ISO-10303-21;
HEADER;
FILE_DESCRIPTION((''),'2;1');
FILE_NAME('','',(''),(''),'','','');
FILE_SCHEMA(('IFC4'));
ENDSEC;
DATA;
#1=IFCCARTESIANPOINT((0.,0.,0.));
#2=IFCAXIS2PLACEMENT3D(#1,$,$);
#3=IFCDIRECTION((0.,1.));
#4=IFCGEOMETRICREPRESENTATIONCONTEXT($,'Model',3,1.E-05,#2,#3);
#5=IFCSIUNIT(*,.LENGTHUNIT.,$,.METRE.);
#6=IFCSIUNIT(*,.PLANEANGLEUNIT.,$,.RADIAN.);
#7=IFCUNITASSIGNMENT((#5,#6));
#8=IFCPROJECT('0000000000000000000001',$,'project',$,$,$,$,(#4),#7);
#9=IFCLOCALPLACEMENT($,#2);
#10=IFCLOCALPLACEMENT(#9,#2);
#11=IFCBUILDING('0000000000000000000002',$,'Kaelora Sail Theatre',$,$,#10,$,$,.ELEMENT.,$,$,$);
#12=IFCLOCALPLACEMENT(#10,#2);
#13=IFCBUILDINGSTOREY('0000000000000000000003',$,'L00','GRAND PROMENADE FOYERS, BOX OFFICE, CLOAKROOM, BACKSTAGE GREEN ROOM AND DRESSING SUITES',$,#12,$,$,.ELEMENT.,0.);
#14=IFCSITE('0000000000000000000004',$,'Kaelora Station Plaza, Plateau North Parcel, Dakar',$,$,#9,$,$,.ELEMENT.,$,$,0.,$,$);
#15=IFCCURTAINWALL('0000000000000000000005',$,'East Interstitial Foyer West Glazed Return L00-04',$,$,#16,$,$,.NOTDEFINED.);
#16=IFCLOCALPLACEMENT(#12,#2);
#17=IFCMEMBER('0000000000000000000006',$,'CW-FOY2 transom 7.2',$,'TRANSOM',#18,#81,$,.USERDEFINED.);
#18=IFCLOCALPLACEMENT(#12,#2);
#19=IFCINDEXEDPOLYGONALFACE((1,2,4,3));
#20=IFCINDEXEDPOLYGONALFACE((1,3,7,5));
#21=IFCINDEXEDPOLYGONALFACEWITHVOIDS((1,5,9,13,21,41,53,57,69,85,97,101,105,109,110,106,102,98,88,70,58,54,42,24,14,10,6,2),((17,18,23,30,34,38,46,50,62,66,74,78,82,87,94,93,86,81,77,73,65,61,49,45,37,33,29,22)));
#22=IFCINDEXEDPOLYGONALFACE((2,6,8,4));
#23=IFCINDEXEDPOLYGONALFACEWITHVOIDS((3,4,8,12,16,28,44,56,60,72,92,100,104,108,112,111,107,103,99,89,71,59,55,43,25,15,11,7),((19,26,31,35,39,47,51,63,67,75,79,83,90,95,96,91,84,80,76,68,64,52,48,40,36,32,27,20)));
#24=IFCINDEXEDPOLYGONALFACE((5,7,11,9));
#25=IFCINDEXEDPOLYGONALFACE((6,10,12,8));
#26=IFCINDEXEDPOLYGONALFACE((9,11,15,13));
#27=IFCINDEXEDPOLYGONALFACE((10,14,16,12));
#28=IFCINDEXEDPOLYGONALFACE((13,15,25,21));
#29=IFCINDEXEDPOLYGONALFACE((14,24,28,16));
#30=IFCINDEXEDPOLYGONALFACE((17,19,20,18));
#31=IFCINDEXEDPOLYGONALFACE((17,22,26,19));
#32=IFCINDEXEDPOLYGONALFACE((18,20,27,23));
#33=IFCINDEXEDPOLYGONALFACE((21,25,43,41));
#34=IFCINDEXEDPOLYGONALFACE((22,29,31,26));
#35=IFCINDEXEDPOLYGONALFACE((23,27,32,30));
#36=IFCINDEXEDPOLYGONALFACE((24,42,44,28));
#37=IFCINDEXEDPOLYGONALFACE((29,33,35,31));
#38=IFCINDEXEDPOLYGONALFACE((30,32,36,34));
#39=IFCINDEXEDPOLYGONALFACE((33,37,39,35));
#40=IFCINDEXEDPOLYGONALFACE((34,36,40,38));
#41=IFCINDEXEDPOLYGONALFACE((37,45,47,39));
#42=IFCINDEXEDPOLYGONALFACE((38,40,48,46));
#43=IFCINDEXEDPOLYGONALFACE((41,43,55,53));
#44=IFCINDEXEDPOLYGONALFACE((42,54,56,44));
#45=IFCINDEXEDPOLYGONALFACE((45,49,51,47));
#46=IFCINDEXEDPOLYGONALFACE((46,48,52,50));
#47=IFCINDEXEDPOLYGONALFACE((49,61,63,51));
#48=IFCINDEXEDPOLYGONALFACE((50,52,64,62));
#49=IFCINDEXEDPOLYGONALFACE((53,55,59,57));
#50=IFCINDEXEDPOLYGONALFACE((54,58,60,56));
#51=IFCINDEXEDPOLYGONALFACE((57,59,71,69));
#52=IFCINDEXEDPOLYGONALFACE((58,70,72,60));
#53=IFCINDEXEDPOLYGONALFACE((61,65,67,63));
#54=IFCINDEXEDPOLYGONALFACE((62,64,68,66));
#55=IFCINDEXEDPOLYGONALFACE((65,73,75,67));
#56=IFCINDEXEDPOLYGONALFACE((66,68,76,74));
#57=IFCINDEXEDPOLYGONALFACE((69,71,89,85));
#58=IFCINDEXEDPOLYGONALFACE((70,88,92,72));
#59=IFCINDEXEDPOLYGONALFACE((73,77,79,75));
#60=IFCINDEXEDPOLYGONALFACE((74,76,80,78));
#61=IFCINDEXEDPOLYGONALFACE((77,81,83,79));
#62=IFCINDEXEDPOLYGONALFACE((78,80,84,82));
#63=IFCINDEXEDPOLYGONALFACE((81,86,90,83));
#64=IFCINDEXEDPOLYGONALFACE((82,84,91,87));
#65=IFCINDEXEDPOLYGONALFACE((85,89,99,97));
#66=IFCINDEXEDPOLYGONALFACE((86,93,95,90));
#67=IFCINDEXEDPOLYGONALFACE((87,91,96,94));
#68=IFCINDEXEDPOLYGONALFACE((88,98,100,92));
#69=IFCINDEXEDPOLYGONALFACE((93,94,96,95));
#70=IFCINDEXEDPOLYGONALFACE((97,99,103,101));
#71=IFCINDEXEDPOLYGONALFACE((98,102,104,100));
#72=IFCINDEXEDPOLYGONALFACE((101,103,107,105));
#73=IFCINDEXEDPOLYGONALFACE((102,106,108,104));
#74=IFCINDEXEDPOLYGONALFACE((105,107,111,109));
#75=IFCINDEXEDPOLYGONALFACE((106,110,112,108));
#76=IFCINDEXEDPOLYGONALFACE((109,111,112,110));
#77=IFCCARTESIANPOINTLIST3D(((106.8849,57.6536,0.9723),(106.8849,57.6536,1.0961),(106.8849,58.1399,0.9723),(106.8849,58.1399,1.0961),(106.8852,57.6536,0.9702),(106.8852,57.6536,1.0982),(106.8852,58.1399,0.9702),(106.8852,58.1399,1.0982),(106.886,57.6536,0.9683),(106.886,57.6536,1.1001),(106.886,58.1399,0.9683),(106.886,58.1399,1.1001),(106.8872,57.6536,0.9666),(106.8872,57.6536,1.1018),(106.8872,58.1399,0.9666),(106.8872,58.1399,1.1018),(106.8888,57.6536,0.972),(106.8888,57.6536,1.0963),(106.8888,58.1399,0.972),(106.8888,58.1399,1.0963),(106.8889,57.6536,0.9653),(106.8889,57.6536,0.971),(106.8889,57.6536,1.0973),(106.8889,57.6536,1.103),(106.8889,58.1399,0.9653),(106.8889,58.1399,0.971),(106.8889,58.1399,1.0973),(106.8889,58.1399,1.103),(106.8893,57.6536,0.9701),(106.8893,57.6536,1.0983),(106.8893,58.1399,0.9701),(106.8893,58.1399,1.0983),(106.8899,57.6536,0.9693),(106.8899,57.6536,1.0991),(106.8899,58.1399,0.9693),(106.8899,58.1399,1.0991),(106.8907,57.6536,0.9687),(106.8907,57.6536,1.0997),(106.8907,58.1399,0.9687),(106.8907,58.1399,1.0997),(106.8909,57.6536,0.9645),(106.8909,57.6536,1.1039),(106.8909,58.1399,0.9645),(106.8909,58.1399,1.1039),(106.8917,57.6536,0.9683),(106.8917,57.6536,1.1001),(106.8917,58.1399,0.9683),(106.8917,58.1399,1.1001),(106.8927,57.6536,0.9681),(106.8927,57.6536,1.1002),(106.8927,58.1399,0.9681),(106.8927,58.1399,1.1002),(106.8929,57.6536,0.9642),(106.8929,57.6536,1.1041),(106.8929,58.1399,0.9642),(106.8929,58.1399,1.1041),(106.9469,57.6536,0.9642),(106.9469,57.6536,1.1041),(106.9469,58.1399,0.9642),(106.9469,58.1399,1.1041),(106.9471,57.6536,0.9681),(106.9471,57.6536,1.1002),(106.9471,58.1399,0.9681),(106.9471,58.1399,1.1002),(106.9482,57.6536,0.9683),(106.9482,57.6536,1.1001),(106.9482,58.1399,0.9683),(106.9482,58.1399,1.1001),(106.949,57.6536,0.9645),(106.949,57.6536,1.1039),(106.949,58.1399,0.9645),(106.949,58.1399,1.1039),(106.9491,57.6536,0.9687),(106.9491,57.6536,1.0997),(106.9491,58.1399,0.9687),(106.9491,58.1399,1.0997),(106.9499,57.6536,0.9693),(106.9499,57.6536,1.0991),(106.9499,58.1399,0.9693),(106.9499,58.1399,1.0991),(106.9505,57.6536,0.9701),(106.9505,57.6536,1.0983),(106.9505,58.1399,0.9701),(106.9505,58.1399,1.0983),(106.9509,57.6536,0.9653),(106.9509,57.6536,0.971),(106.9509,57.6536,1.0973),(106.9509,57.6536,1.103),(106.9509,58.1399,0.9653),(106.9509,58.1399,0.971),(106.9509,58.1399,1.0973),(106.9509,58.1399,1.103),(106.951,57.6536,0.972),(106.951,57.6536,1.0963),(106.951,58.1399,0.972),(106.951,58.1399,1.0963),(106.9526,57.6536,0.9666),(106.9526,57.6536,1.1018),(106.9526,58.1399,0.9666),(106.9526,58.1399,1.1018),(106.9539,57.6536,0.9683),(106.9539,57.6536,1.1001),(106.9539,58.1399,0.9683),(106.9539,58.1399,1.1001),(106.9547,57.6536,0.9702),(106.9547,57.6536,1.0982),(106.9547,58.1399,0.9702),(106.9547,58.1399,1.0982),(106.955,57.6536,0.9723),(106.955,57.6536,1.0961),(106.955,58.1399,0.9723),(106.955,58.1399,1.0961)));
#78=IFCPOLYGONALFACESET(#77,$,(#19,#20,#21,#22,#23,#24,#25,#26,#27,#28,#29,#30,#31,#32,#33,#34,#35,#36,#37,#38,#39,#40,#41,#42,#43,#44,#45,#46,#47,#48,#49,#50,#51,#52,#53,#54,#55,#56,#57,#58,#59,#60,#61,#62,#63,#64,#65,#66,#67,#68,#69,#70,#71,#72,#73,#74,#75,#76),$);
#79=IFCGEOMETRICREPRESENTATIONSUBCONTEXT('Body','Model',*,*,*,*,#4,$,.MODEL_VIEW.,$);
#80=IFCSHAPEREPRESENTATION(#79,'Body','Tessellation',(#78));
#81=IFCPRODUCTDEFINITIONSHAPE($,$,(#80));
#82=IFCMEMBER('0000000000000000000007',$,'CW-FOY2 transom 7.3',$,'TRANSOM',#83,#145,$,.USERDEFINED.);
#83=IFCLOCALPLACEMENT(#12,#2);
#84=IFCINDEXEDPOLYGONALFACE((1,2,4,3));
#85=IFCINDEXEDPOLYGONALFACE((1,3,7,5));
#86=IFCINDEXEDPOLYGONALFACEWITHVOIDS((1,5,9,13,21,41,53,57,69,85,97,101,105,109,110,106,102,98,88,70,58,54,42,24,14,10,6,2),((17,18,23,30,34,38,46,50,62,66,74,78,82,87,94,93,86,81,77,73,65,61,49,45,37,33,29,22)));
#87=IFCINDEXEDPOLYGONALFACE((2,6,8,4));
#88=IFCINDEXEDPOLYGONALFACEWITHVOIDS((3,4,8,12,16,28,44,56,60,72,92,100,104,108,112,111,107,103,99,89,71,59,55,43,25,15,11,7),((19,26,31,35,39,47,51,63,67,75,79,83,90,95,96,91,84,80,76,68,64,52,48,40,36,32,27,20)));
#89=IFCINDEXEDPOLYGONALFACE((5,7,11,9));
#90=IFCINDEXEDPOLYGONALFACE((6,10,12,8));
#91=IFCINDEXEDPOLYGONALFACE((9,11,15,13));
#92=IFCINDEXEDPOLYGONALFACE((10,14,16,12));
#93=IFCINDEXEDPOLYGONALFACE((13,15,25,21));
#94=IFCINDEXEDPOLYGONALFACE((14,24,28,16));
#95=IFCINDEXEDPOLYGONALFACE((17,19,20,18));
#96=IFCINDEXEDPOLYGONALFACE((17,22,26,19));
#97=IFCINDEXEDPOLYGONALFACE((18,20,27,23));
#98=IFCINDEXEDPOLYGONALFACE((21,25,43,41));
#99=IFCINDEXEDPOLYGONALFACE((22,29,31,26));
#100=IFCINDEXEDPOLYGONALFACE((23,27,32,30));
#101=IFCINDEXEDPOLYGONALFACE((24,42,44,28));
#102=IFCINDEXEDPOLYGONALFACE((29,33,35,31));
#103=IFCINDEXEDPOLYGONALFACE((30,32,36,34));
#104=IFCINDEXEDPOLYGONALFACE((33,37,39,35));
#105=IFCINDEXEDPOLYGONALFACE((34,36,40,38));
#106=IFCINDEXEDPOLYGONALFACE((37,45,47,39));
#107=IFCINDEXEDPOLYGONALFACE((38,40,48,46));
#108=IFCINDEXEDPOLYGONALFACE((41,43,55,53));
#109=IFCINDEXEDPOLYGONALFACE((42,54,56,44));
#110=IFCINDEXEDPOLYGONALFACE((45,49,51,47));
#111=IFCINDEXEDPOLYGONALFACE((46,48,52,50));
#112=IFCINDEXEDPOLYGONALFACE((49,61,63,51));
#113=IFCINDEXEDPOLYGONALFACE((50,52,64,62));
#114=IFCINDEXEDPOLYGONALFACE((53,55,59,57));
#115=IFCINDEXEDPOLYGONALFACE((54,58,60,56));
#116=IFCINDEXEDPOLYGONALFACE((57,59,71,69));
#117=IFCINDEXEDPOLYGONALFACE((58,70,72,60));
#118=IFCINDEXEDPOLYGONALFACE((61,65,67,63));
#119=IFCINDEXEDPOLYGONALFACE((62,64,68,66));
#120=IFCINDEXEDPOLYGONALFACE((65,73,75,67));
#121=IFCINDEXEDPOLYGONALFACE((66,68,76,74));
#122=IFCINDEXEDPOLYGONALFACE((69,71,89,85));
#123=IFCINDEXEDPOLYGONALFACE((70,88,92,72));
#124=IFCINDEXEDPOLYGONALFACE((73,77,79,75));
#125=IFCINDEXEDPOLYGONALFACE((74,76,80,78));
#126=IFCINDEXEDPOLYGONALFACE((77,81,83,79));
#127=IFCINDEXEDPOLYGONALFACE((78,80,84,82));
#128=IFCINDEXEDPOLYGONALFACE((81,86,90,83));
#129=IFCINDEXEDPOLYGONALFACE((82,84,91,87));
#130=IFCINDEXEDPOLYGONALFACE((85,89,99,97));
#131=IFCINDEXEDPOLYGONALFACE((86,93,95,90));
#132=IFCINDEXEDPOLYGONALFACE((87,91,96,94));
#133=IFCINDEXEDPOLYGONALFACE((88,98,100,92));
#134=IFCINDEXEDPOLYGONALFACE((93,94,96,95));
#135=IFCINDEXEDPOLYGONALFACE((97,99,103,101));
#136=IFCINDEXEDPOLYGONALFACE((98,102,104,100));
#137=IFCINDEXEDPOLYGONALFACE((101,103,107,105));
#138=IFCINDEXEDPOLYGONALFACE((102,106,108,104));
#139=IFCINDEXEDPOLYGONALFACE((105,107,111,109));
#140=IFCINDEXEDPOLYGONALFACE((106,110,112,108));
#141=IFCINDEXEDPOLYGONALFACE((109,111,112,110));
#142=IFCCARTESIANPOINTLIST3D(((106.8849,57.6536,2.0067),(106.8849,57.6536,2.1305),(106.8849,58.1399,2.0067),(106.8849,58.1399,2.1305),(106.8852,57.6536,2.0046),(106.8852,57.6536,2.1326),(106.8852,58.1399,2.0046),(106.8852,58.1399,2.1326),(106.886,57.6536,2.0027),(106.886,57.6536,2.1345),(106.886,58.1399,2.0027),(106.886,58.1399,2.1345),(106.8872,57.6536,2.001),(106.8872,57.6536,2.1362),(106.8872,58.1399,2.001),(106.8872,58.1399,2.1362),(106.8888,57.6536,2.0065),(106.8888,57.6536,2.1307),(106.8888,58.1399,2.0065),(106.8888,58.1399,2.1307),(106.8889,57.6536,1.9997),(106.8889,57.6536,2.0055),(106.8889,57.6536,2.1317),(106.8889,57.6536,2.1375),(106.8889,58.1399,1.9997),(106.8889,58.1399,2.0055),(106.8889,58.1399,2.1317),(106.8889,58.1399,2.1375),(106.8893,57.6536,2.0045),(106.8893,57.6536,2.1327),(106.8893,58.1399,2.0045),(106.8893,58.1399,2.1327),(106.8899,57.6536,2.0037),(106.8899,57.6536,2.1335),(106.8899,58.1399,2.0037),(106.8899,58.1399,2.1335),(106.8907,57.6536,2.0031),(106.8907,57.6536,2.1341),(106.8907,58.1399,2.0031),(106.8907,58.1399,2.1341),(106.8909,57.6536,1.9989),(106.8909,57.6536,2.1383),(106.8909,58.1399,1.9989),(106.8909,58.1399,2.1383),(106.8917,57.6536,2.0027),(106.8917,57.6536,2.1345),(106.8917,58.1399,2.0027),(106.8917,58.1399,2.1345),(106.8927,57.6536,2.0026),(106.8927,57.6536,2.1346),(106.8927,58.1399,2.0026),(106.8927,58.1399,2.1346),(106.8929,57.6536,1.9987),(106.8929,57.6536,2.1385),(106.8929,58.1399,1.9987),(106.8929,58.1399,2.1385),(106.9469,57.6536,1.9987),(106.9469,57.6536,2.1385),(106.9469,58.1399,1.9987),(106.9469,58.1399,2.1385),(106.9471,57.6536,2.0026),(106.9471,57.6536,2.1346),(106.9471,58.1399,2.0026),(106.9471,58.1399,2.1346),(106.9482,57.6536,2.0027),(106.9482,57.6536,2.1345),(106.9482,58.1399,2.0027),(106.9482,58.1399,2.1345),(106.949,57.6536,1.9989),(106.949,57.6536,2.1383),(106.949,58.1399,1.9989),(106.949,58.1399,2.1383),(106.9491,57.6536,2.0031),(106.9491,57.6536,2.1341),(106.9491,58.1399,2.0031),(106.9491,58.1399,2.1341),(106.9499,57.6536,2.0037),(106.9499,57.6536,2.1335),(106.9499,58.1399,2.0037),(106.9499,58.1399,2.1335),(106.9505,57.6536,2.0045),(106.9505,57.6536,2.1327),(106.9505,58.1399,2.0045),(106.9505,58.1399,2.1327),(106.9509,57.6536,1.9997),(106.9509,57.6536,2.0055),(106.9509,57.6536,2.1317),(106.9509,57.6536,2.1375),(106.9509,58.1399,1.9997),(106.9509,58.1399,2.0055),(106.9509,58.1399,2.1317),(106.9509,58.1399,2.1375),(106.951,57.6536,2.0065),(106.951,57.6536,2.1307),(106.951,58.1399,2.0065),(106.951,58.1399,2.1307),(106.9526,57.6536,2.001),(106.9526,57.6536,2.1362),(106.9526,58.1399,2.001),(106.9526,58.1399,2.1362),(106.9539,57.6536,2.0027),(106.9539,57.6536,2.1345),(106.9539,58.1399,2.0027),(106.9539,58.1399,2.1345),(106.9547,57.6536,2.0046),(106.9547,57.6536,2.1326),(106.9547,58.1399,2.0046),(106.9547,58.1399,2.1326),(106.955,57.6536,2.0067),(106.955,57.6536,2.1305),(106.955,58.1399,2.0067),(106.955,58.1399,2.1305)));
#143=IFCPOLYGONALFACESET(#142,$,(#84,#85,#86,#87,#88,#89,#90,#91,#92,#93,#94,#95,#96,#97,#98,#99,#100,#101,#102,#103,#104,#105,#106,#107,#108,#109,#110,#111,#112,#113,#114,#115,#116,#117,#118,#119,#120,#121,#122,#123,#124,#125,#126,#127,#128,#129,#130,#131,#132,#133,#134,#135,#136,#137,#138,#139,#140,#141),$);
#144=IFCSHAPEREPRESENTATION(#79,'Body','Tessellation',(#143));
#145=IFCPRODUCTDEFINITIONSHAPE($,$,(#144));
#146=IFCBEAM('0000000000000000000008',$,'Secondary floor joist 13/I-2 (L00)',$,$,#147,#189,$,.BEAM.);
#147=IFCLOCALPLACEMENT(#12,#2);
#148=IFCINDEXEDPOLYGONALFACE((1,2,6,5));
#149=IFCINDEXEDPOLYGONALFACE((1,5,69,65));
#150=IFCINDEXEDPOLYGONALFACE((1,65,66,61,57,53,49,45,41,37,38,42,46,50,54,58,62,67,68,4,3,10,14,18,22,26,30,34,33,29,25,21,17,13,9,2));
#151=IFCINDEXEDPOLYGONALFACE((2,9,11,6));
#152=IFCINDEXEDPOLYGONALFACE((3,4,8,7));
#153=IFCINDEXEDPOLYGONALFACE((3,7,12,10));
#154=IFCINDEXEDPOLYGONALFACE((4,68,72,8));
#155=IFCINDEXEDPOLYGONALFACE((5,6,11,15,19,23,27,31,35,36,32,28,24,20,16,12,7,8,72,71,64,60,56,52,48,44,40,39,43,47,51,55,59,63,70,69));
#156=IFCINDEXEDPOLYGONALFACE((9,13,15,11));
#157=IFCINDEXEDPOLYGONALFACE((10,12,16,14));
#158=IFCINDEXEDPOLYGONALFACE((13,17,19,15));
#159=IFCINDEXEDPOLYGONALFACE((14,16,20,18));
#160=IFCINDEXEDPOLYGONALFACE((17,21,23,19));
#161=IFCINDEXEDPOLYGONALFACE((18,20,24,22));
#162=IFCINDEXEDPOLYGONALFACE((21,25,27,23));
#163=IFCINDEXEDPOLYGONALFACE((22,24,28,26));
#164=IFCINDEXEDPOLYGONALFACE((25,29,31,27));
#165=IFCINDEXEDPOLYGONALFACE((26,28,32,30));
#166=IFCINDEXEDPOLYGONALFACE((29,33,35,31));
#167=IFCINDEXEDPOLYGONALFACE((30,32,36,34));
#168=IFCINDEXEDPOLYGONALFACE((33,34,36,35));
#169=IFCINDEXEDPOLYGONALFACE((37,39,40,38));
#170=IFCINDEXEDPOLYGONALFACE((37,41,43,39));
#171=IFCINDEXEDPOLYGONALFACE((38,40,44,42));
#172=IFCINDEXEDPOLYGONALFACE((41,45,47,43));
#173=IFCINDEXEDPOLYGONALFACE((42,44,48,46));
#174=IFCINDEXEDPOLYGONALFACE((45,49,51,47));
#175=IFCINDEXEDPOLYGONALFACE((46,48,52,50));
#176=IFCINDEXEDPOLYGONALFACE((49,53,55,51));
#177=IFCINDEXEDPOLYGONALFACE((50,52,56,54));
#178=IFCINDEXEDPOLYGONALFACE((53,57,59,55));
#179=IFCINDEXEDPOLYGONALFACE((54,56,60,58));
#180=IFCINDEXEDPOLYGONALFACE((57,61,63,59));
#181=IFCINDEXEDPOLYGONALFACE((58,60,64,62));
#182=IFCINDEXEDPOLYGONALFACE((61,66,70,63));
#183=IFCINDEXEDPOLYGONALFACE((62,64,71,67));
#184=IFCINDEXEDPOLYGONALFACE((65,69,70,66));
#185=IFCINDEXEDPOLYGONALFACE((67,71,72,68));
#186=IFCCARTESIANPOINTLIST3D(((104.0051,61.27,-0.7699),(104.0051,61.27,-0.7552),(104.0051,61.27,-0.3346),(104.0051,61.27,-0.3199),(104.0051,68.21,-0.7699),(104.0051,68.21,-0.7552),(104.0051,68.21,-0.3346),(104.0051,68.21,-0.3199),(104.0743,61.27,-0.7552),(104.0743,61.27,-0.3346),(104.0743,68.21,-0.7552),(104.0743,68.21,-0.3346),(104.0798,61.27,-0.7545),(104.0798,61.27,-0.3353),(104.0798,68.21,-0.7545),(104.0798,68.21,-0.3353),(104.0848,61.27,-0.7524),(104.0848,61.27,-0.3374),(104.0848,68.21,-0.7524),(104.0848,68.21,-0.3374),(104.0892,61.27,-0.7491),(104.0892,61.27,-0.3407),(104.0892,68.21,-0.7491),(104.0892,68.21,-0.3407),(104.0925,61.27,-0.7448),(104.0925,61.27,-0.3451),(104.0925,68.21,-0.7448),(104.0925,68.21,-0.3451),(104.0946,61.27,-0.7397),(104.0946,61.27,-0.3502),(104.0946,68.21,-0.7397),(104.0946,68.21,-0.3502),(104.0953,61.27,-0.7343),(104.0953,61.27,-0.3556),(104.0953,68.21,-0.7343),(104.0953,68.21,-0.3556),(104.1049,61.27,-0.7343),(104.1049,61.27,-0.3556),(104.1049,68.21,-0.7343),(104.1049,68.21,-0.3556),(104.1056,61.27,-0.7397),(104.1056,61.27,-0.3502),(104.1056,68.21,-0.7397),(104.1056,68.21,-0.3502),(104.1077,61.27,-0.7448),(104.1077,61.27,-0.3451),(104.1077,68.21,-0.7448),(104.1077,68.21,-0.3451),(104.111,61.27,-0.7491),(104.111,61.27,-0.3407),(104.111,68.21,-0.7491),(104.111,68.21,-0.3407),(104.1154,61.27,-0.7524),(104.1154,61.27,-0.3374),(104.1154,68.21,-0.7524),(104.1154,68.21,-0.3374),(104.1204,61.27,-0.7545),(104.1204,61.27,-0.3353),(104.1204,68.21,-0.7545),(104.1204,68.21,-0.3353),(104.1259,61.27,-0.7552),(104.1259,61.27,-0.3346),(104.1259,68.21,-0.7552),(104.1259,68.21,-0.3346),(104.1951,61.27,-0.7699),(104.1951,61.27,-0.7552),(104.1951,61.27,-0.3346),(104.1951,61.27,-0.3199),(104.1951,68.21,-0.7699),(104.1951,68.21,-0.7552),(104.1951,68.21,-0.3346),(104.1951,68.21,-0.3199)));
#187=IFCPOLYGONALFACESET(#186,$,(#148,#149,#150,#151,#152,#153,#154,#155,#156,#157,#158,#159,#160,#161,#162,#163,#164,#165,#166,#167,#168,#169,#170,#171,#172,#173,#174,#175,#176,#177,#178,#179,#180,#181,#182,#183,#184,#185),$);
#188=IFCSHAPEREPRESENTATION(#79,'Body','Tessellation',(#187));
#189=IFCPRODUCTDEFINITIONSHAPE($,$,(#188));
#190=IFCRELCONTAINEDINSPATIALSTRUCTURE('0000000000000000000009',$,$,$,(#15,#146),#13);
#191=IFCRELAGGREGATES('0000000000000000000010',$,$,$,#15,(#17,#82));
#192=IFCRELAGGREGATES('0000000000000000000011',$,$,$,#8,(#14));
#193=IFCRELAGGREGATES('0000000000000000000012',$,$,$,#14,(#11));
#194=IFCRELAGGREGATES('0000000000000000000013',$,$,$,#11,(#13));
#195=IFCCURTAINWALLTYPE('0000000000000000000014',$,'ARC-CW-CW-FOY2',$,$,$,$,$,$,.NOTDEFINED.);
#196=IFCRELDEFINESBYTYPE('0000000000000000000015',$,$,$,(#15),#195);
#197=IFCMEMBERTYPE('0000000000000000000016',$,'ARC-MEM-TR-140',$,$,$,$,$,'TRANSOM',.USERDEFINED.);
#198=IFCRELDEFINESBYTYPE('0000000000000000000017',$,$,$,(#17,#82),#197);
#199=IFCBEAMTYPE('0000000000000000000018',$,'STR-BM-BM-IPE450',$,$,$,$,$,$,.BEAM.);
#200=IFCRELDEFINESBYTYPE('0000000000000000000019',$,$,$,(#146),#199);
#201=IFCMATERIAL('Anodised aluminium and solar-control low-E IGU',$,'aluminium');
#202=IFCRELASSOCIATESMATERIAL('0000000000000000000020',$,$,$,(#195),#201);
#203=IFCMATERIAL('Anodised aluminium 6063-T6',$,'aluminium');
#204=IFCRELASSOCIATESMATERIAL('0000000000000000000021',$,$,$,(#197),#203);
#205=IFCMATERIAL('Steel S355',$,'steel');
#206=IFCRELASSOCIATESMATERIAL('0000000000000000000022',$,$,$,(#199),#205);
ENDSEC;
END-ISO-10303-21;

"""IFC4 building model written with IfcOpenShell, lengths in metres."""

from ifc_helpers import new_model, si_unit, direction, frame, origin, origin_2d, place, context, subcontext, project, spatial, hollow_rectangle, i_section, extrude, material, material_profile, profile_set, type_object, element, aggregate, save


model = new_model("IFC4")

# Units and contexts
model_context = context("Model", 3, precision=1e-05, world=origin(), true_north=direction((0.0, 1.0)))
body_context = subcontext(model_context, "Body", "Model", "MODEL_VIEW")
ifc_project = project(units=[si_unit("LENGTHUNIT", "METRE"), si_unit("PLANEANGLEUNIT", "RADIAN")], contexts=[model_context])

# Site, building, storey
site_placement = place(None, origin())
site = spatial("IfcSite", under=ifc_project, at=site_placement, Name="Kaelora Station Plaza, Plateau North Parcel, Dakar", CompositionType="ELEMENT", RefElevation=0.0)
building_placement = place(site_placement, origin())
building = spatial("IfcBuilding", under=site, at=building_placement, Name="Kaelora Sail Theatre", CompositionType="ELEMENT")
storey_placement = place(building_placement, origin())
storey = spatial("IfcBuildingStorey", under=building, at=storey_placement, Name="L00", Description="GRAND PROMENADE FOYERS, BOX OFFICE, CLOAKROOM, BACKSTAGE GREEN ROOM AND DRESSING SUITES", CompositionType="ELEMENT", Elevation=0.0)

# Curtain wall
ifc_material_1 = material(Name="Anodised aluminium and solar-control low-E IGU", Category="aluminium")
curtain_wall_type = type_object("IfcCurtainWallType", Name="ARC-CW-CW-FOY2", PredefinedType="NOTDEFINED", material=ifc_material_1)
curtain_wall_placement = place(storey_placement, origin())
curtain_wall = element("IfcCurtainWall", 1, at=curtain_wall_placement, inside=storey, type_object=curtain_wall_type, Name="East Interstitial Foyer West Glazed Return L00-04", PredefinedType="NOTDEFINED")

# Members
ifc_material_2 = material(Name="Anodised aluminium 6063-T6", Category="aluminium")
ifc_material_profile_1 = material_profile(ifc_material_2, hollow_rectangle(XDim=0.0701, YDim=0.1399, WallThickness=0.0039, InnerFilletRadius=0.0039, OuterFilletRadius=0.0081, at=origin_2d()), Name="ALU-TRAN 70x140x4")
ifc_profile_set_1 = profile_set([ifc_material_profile_1], Name="Anodised aluminium 6063-T6")
member_type_1 = type_object("IfcMemberType", Name="ARC-MEM-TR-140", ElementType="TRANSOM", PredefinedType="USERDEFINED", material=ifc_profile_set_1)
member_1_placement = place(storey_placement, frame((106.9199, 57.6536, 1.0342), z_axis=(0.0, 1.0, 0.0), x_axis=(-1.0, 0.0, 0.0)))
member_1 = element("IfcMember", 2, at=member_1_placement, type_object=member_type_1, Name="CW-FOY2 transom 7.2", ObjectType="TRANSOM", PredefinedType="USERDEFINED", context=body_context, shape_type="SweptSolid", body=[
    extrude(hollow_rectangle(XDim=0.0701, YDim=0.1399, WallThickness=0.0039, InnerFilletRadius=0.0039, OuterFilletRadius=0.0081, at=origin_2d()), origin(), (0.0, 0.0, 1.0), 0.4863),
])
member_2_placement = place(storey_placement, frame((106.9199, 57.6536, 2.0686), z_axis=(0.0, 1.0, 0.0), x_axis=(-1.0, 0.0, 0.0)))
member_2 = element("IfcMember", 3, at=member_2_placement, type_object=member_type_1, Name="CW-FOY2 transom 7.3", ObjectType="TRANSOM", PredefinedType="USERDEFINED", context=body_context, shape_type="SweptSolid", body=[
    extrude(hollow_rectangle(XDim=0.0701, YDim=0.1399, WallThickness=0.0039, InnerFilletRadius=0.0039, OuterFilletRadius=0.0081, at=origin_2d()), origin(), (0.0, 0.0, 1.0), 0.4863),
])

# Beam
ifc_material_3 = material(Name="Steel S355", Category="steel")
ifc_material_profile_2 = material_profile(ifc_material_3, i_section(OverallWidth=0.1899, OverallDepth=0.45, WebThickness=0.0095, FlangeThickness=0.0146, FilletRadius=0.021, at=origin_2d()), Name="IPE 450")
ifc_profile_set_2 = profile_set([ifc_material_profile_2], Name="Steel S355")
beam_type_1 = type_object("IfcBeamType", Name="STR-BM-BM-IPE450", PredefinedType="BEAM", material=ifc_profile_set_2)
beam_1_placement = place(storey_placement, frame((104.1001, 61.27, -0.5449), z_axis=(0.0, 1.0, 0.0), x_axis=(-1.0, 0.0, 0.0)))
element("IfcBeam", 4, at=beam_1_placement, inside=storey, type_object=beam_type_1, Name="Secondary floor joist 13/I-2 (L00)", PredefinedType="BEAM", context=body_context, shape_type="SweptSolid", body=[
    extrude(i_section(OverallWidth=0.1899, OverallDepth=0.45, WebThickness=0.0095, FlangeThickness=0.0146, FilletRadius=0.021, at=origin_2d()), origin(), (0.0, 0.0, 1.0), 6.9399),
])

aggregate(curtain_wall, [member_1, member_2])

save(model, "model.ifc")
